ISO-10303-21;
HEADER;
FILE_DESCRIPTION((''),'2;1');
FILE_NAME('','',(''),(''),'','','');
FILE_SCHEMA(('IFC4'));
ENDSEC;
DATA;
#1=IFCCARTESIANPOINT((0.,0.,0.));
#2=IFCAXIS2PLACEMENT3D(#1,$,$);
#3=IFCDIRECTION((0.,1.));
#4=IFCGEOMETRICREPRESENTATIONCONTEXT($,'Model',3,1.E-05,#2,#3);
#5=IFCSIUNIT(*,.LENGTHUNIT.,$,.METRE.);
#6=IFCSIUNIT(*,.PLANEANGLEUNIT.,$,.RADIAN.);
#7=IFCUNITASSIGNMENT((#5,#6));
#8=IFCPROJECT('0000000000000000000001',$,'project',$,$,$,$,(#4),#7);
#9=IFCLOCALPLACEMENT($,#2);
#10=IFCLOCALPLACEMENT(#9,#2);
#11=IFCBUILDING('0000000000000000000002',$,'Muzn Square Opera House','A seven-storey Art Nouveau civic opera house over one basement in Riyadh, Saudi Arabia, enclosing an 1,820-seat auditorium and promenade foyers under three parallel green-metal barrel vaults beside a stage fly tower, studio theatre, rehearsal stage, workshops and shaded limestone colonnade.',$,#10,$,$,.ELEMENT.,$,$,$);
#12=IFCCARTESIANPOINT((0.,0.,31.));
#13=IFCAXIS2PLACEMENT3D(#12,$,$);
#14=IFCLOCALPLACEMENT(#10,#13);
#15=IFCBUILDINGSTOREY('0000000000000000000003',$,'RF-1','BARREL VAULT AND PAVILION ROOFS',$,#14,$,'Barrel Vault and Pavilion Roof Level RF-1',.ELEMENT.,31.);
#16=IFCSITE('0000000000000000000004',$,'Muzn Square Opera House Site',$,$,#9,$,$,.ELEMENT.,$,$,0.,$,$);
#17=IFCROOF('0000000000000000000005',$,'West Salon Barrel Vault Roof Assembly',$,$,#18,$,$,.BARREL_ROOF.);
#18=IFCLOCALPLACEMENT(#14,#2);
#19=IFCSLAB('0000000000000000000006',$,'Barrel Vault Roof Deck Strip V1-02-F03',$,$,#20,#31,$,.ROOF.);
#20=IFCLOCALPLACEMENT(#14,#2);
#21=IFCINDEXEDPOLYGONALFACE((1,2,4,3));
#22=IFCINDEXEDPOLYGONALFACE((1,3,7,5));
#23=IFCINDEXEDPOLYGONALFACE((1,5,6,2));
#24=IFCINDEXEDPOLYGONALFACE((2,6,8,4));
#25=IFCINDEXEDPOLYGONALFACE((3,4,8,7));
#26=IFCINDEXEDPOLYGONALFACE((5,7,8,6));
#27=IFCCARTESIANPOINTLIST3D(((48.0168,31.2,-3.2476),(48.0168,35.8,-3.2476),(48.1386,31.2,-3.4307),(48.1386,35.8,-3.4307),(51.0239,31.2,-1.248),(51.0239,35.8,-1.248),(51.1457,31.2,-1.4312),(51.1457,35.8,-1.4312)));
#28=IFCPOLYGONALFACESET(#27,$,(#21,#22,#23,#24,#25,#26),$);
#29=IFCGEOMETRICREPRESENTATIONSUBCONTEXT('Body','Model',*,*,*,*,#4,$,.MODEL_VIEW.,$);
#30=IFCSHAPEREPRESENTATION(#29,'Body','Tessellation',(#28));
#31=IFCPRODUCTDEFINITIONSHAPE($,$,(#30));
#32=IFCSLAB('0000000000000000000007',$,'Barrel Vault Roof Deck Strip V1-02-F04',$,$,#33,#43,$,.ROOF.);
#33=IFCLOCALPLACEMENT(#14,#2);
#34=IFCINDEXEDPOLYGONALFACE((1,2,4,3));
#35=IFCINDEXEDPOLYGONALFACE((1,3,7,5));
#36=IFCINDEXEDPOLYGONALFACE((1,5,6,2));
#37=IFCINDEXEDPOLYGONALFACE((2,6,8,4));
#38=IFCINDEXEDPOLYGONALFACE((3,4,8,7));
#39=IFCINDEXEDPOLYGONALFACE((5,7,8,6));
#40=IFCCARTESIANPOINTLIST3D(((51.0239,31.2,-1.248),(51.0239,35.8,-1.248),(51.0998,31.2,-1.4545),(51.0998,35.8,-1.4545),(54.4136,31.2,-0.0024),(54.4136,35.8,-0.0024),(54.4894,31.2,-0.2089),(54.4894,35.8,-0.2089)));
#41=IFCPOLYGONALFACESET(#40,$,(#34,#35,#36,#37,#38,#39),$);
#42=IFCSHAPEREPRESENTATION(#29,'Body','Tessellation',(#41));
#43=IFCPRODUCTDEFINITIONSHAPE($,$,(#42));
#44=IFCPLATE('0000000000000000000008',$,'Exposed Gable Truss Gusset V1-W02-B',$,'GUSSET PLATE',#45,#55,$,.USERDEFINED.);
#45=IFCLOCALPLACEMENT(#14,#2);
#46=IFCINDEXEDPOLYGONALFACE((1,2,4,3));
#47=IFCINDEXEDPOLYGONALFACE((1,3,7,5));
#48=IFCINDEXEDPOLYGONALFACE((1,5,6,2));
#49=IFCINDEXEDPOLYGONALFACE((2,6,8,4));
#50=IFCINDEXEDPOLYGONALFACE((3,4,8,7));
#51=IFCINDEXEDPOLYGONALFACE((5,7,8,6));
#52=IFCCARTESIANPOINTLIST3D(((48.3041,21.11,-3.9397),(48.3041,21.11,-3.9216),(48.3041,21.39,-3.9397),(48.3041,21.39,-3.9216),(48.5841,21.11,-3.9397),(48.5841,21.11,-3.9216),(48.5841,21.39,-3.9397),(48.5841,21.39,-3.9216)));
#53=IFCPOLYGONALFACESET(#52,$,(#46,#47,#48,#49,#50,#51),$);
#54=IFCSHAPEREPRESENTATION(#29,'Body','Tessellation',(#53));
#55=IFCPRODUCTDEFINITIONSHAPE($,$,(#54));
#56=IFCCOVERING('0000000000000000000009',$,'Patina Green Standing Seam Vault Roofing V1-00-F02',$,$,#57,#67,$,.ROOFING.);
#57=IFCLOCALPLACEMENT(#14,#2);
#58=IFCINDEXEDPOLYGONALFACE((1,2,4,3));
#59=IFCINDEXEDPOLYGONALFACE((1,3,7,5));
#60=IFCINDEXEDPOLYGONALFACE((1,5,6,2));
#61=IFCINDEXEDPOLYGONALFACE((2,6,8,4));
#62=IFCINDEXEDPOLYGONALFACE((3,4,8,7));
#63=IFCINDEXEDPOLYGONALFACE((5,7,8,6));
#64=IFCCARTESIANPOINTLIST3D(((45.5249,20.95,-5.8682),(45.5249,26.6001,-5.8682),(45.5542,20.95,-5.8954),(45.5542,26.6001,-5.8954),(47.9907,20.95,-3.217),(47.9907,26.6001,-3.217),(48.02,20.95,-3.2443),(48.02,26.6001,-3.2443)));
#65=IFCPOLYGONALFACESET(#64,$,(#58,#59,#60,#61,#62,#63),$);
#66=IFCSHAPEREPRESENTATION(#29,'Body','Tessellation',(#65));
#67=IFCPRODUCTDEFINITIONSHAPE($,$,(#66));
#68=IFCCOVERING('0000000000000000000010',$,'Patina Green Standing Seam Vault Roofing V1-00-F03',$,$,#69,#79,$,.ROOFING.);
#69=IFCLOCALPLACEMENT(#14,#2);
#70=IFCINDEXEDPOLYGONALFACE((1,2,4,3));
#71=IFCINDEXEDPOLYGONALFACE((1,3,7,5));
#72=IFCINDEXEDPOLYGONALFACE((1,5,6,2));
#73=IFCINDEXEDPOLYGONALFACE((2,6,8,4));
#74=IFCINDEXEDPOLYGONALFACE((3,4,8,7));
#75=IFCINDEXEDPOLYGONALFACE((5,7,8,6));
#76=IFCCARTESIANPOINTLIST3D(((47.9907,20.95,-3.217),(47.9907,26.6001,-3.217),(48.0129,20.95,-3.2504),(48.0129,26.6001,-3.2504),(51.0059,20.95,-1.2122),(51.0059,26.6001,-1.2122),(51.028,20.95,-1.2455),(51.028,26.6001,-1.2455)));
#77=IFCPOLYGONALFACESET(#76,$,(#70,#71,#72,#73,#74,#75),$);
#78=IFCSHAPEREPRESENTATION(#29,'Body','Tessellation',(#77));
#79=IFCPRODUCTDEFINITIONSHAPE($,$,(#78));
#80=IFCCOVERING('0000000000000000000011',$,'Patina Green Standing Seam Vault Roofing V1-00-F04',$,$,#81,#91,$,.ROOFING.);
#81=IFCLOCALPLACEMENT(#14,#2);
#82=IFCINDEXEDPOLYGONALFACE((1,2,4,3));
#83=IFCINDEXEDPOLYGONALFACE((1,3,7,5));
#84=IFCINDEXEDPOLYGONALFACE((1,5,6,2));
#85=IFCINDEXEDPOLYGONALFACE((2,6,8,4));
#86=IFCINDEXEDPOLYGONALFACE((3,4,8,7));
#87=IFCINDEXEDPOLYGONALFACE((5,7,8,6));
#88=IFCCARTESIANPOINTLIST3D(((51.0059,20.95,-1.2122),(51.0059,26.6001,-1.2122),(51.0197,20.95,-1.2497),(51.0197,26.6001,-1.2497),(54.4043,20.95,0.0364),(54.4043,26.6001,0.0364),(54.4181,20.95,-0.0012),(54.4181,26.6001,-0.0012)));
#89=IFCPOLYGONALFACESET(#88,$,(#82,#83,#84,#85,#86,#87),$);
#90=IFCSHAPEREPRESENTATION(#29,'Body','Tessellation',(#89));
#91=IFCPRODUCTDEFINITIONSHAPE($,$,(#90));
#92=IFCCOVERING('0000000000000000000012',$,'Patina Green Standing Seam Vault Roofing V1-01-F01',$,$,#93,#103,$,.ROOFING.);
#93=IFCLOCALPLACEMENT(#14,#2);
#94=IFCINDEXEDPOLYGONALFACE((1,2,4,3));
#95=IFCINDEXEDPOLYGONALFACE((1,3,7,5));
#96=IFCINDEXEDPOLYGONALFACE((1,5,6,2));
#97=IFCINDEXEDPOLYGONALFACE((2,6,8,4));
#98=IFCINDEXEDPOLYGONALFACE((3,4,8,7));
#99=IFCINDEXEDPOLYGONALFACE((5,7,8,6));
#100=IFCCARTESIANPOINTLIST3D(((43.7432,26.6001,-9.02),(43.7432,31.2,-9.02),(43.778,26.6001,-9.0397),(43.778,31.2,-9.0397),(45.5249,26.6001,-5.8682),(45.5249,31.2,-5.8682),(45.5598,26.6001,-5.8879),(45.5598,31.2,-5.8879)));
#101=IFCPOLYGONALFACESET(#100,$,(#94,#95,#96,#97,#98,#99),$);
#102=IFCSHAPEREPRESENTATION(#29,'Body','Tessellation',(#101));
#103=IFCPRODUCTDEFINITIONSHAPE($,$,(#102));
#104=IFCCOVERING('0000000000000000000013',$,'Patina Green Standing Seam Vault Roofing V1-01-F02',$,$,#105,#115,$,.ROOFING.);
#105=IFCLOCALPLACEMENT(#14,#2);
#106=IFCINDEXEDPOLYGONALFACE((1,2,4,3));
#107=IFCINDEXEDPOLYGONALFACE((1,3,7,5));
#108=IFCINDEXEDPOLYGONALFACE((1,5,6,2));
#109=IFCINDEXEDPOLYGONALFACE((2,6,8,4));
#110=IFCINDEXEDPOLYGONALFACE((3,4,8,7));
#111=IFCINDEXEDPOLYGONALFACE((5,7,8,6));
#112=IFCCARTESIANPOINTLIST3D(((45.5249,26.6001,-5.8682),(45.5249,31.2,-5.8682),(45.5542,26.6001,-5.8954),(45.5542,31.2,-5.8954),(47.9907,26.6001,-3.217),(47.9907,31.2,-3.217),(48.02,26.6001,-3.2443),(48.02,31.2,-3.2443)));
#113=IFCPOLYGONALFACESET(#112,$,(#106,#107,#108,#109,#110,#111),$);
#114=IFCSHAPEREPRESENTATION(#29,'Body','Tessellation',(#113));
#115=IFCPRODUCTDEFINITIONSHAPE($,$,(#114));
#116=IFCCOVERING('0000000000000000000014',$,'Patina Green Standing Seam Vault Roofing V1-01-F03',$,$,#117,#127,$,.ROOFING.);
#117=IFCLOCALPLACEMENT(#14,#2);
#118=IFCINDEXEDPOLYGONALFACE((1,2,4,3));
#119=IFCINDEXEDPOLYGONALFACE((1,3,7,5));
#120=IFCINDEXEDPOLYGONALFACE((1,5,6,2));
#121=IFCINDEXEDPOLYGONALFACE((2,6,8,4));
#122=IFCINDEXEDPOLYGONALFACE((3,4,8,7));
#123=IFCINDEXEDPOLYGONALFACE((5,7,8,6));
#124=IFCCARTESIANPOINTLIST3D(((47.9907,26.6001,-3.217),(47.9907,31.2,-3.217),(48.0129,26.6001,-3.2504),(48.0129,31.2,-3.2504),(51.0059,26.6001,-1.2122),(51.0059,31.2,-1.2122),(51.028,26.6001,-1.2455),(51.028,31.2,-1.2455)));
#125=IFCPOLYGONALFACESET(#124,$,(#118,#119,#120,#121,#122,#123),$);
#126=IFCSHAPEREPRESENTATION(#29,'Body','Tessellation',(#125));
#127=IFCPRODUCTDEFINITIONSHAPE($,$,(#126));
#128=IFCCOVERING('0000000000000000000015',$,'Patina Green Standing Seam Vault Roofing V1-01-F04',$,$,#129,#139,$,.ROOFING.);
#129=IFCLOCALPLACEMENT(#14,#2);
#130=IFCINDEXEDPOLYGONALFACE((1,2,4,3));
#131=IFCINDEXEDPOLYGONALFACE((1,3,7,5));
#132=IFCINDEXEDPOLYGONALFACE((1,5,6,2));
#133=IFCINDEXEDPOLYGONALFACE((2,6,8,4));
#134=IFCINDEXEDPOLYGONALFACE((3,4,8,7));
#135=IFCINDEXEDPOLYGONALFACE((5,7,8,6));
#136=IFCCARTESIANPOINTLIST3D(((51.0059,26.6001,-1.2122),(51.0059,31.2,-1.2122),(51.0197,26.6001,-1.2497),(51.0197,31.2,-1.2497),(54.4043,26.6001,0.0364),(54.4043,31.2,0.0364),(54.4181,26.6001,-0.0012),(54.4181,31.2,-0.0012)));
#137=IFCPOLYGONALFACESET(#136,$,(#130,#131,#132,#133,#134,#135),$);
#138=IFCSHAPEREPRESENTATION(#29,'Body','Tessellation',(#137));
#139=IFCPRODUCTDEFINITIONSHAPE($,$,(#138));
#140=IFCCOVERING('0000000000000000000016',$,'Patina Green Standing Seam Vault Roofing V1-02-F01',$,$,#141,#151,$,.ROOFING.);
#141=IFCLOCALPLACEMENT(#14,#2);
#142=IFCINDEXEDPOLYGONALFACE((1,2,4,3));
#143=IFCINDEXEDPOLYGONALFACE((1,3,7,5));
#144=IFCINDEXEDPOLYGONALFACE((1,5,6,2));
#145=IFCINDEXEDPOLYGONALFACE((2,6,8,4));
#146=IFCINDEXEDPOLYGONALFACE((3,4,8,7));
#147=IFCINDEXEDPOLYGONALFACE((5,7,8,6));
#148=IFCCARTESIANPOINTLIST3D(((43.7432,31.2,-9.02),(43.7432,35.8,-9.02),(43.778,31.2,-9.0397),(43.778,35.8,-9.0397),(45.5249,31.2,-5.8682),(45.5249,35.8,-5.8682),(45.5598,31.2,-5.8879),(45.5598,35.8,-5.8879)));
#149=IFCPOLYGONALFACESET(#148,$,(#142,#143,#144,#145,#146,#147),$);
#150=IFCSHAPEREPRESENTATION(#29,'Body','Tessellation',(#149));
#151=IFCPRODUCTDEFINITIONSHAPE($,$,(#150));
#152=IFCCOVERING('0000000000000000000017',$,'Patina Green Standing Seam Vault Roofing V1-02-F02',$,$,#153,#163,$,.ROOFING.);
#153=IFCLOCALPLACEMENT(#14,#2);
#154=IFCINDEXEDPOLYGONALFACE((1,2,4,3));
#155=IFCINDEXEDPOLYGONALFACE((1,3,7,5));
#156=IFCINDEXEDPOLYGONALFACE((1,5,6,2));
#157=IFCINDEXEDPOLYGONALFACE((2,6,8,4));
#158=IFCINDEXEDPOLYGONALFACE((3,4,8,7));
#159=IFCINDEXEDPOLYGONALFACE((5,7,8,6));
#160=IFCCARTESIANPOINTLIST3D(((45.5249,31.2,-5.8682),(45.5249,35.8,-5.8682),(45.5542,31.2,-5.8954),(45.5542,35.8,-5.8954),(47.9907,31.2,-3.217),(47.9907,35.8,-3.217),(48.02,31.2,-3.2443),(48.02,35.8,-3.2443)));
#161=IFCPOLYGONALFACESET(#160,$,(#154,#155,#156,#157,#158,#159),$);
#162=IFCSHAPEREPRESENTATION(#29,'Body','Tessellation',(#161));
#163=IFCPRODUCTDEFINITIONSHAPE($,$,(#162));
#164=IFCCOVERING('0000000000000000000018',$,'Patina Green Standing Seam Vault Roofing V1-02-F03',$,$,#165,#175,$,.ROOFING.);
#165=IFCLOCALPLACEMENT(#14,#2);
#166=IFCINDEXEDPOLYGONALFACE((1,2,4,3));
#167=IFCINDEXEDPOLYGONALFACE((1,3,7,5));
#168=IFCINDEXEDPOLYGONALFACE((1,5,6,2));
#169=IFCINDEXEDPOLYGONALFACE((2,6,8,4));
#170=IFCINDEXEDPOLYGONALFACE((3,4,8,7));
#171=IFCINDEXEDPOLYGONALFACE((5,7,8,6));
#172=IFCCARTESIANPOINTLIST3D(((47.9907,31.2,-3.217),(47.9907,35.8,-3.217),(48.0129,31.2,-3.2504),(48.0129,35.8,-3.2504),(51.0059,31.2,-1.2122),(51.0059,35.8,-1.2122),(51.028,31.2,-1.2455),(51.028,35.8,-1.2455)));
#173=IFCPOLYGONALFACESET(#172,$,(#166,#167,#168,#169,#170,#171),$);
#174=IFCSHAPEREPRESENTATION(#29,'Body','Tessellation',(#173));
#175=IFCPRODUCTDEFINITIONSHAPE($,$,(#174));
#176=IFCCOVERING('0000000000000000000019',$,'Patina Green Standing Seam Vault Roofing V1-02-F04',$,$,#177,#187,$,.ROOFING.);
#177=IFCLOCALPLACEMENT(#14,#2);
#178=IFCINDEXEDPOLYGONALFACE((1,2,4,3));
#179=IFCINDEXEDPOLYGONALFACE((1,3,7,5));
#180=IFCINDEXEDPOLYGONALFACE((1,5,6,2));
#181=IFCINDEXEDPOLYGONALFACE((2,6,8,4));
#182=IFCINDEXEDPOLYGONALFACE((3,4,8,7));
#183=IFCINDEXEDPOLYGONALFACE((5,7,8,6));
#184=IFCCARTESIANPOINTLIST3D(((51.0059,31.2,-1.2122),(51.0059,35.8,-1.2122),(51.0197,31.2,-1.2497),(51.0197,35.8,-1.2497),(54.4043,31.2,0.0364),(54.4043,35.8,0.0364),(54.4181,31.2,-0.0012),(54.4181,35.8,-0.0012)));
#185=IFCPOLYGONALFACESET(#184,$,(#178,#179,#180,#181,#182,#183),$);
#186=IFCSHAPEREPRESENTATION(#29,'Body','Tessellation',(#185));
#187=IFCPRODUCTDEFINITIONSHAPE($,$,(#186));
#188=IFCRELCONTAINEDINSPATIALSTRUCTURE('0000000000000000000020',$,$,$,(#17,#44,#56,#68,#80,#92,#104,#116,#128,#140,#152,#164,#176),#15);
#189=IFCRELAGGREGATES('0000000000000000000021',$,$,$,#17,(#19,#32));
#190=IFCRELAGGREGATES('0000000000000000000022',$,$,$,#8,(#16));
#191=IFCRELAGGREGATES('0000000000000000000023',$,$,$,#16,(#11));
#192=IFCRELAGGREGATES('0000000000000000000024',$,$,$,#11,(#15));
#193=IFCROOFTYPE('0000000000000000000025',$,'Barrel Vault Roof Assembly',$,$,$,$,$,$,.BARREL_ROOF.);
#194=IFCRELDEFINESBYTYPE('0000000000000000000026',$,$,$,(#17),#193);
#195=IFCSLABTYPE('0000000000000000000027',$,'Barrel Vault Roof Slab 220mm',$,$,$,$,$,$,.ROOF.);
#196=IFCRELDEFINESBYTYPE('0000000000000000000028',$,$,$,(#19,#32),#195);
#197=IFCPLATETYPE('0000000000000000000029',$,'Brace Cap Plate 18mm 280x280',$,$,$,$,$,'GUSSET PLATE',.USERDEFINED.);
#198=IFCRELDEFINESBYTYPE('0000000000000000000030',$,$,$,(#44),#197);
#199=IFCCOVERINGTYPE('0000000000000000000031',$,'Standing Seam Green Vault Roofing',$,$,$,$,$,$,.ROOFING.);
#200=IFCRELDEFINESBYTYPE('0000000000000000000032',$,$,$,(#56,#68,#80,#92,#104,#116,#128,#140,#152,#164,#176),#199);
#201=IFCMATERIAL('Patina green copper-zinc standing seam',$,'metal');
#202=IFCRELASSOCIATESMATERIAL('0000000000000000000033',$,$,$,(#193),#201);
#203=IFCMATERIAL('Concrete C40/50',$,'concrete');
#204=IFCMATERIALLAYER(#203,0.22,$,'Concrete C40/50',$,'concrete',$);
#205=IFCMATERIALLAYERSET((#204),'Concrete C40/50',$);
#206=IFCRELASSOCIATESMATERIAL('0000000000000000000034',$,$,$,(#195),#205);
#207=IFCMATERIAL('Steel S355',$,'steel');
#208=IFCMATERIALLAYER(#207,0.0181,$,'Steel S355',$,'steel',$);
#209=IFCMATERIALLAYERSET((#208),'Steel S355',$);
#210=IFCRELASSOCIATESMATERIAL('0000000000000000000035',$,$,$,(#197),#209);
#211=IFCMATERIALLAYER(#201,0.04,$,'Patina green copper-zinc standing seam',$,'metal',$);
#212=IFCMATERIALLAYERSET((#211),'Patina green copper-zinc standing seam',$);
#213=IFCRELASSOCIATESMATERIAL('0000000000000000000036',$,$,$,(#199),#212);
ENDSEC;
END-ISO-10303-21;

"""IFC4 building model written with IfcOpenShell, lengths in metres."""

from ifc_helpers import new_model, si_unit, direction, frame, origin, origin_2d, place, context, subcontext, project, spatial, polyline, rectangle, outline, extrude, material, layer, layer_set, type_object, element, aggregate, save


model = new_model("IFC4")

# Units and contexts
model_context = context("Model", 3, precision=1e-05, world=origin(), true_north=direction((0.0, 1.0)))
body_context = subcontext(model_context, "Body", "Model", "MODEL_VIEW")
ifc_project = project(units=[si_unit("LENGTHUNIT", "METRE"), si_unit("PLANEANGLEUNIT", "RADIAN")], contexts=[model_context])

# Site, building, storey
site_placement = place(None, origin())
site = spatial("IfcSite", under=ifc_project, at=site_placement, Name="Muzn Square Opera House Site", CompositionType="ELEMENT", RefElevation=0.0)
building_placement = place(site_placement, origin())
building = spatial("IfcBuilding", under=site, at=building_placement, Name="Muzn Square Opera House", Description="A seven-storey Art Nouveau civic opera house over one basement in Riyadh, Saudi Arabia, enclosing an 1,820-seat auditorium and promenade foyers under three parallel green-metal barrel vaults beside a stage fly tower, studio theatre, rehearsal stage, workshops and shaded limestone colonnade.", CompositionType="ELEMENT")
storey_placement = place(building_placement, frame((0.0, 0.0, 31.0)))
storey = spatial("IfcBuildingStorey", under=building, at=storey_placement, Name="RF-1", Description="BARREL VAULT AND PAVILION ROOFS", LongName="Barrel Vault and Pavilion Roof Level RF-1", CompositionType="ELEMENT", Elevation=31.0)

# Shared definitions
ifc_material_1 = material(Name="Steel S355", Category="steel")

# Roof, slabs
ifc_material_2 = material(Name="Patina green copper-zinc standing seam", Category="metal")
roof_type = type_object("IfcRoofType", Name="Barrel Vault Roof Assembly", PredefinedType="BARREL_ROOF", material=ifc_material_2)
roof_placement = place(storey_placement, origin())
roof = element("IfcRoof", 1, at=roof_placement, inside=storey, type_object=roof_type, Name="West Salon Barrel Vault Roof Assembly", PredefinedType="BARREL_ROOF")
ifc_material_3 = material(Name="Concrete C40/50", Category="concrete")
ifc_layer_1 = layer(ifc_material_3, 0.22, Name="Concrete C40/50", Category="concrete")
ifc_layer_set_1 = layer_set([ifc_layer_1], Name="Concrete C40/50")
slab_type = type_object("IfcSlabType", Name="Barrel Vault Roof Slab 220mm", PredefinedType="ROOF", material=ifc_layer_set_1)
slab_1_placement = place(storey_placement, frame((51.0239, 31.2, -1.248), z_axis=(-0.553701, 0.0, 0.832715), x_axis=(0.0, 1.0, 0.0)))
slab_1 = element("IfcSlab", 2, at=slab_1_placement, type_object=slab_type, Name="Barrel Vault Roof Deck Strip V1-02-F03", PredefinedType="ROOF", context=body_context, shape_type="SweptSolid", body=[
    extrude(outline(polyline([(0.0, 3.6112), (0.0, 0.0), (4.6001, 0.0), (4.6001, 3.6112), (0.0, 3.6112)])), origin(), (0.0, 0.0, -1.0), 0.22),
])
slab_2_placement = place(storey_placement, frame((54.4136, 31.2, -0.0024), z_axis=(-0.344922, 0.0, 0.938631), x_axis=(0.0, 1.0, 0.0)))
slab_2 = element("IfcSlab", 3, at=slab_2_placement, type_object=slab_type, Name="Barrel Vault Roof Deck Strip V1-02-F04", PredefinedType="ROOF", context=body_context, shape_type="SweptSolid", body=[
    extrude(outline(polyline([(0.0, 3.6113), (0.0, 0.0), (4.6001, 0.0), (4.6001, 3.6113), (0.0, 3.6113)])), origin(), (0.0, 0.0, -1.0), 0.22),
])
aggregate(roof, [slab_1, slab_2])

# Plate
ifc_layer_2 = layer(ifc_material_1, 0.0181, Name="Steel S355", Category="steel")
ifc_layer_set_2 = layer_set([ifc_layer_2], Name="Steel S355")
plate_type = type_object("IfcPlateType", Name="Brace Cap Plate 18mm 280x280", ElementType="GUSSET PLATE", PredefinedType="USERDEFINED", material=ifc_layer_set_2)
plate_placement = place(storey_placement, frame((48.4441, 21.25, -3.9397), z_axis=(0.0, 0.0, 1.0), x_axis=(1.0, 0.0, 0.0)))
element("IfcPlate", 4, at=plate_placement, inside=storey, type_object=plate_type, Name="Exposed Gable Truss Gusset V1-W02-B", ObjectType="GUSSET PLATE", PredefinedType="USERDEFINED", context=body_context, shape_type="SweptSolid", body=[
    extrude(rectangle(XDim=0.28, YDim=0.28, at=origin_2d()), origin(), (0.0, 0.0, 1.0), 0.0181),
])

# Coverings
ifc_layer_3 = layer(ifc_material_2, 0.04, Name="Patina green copper-zinc standing seam", Category="metal")
ifc_layer_set_3 = layer_set([ifc_layer_3], Name="Patina green copper-zinc standing seam")
covering_type = type_object("IfcCoveringType", Name="Standing Seam Green Vault Roofing", PredefinedType="ROOFING", material=ifc_layer_set_3)
covering_1_placement = place(storey_placement, frame((47.9907, 20.95, -3.217), z_axis=(-0.732234, 0.0, 0.681053), x_axis=(0.0, 1.0, 0.0)))
element("IfcCovering", 5, at=covering_1_placement, inside=storey, type_object=covering_type, Name="Patina Green Standing Seam Vault Roofing V1-00-F02", PredefinedType="ROOFING", context=body_context, shape_type="SweptSolid", body=[
    extrude(outline(polyline([(0.0, 3.6206), (0.0, 0.0), (5.6501, 0.0), (5.6501, 3.6206), (0.0, 3.6206)])), origin(), (0.0, 0.0, -1.0), 0.04),
])
covering_2_placement = place(storey_placement, frame((51.0059, 20.95, -1.2122), z_axis=(-0.553704, 0.0, 0.832714), x_axis=(0.0, 1.0, 0.0)))
element("IfcCovering", 6, at=covering_2_placement, inside=storey, type_object=covering_type, Name="Patina Green Standing Seam Vault Roofing V1-00-F03", PredefinedType="ROOFING", context=body_context, shape_type="SweptSolid", body=[
    extrude(outline(polyline([(0.0, 3.6209), (0.0, 0.0), (5.6501, 0.0), (5.6501, 3.6209), (0.0, 3.6209)])), origin(), (0.0, 0.0, -1.0), 0.04),
])
covering_3_placement = place(storey_placement, frame((54.4043, 20.95, 0.0364), z_axis=(-0.344849, 0.0, 0.938658), x_axis=(0.0, 1.0, 0.0)))
element("IfcCovering", 7, at=covering_3_placement, inside=storey, type_object=covering_type, Name="Patina Green Standing Seam Vault Roofing V1-00-F04", PredefinedType="ROOFING", context=body_context, shape_type="SweptSolid", body=[
    extrude(outline(polyline([(0.0, 3.6205), (0.0, 0.0), (5.6501, 0.0), (5.6501, 3.6205), (0.0, 3.6205)])), origin(), (0.0, 0.0, -1.0), 0.04),
])
covering_4_placement = place(storey_placement, frame((45.5249, 26.6001, -5.8682), z_axis=(-0.870533, 0.0, 0.492111), x_axis=(0.0, 1.0, 0.0)))
element("IfcCovering", 8, at=covering_4_placement, inside=storey, type_object=covering_type, Name="Patina Green Standing Seam Vault Roofing V1-01-F01", PredefinedType="ROOFING", context=body_context, shape_type="SweptSolid", body=[
    extrude(outline(polyline([(0.0, 3.6206), (0.0, 0.0), (4.5999, 0.0), (4.5999, 3.6206), (0.0, 3.6206)])), origin(), (0.0, 0.0, -1.0), 0.04),
])
covering_5_placement = place(storey_placement, frame((47.9907, 26.6001, -3.217), z_axis=(-0.732234, 0.0, 0.681053), x_axis=(0.0, 1.0, 0.0)))
element("IfcCovering", 9, at=covering_5_placement, inside=storey, type_object=covering_type, Name="Patina Green Standing Seam Vault Roofing V1-01-F02", PredefinedType="ROOFING", context=body_context, shape_type="SweptSolid", body=[
    extrude(outline(polyline([(0.0, 3.6206), (0.0, 0.0), (4.5999, 0.0), (4.5999, 3.6206), (0.0, 3.6206)])), origin(), (0.0, 0.0, -1.0), 0.04),
])
covering_6_placement = place(storey_placement, frame((51.0059, 26.6001, -1.2122), z_axis=(-0.553704, 0.0, 0.832714), x_axis=(0.0, 1.0, 0.0)))
element("IfcCovering", 10, at=covering_6_placement, inside=storey, type_object=covering_type, Name="Patina Green Standing Seam Vault Roofing V1-01-F03", PredefinedType="ROOFING", context=body_context, shape_type="SweptSolid", body=[
    extrude(outline(polyline([(0.0, 3.6209), (0.0, 0.0), (4.5999, 0.0), (4.5999, 3.6209), (0.0, 3.6209)])), origin(), (0.0, 0.0, -1.0), 0.04),
])
covering_7_placement = place(storey_placement, frame((54.4043, 26.6001, 0.0364), z_axis=(-0.344849, 0.0, 0.938658), x_axis=(0.0, 1.0, 0.0)))
element("IfcCovering", 11, at=covering_7_placement, inside=storey, type_object=covering_type, Name="Patina Green Standing Seam Vault Roofing V1-01-F04", PredefinedType="ROOFING", context=body_context, shape_type="SweptSolid", body=[
    extrude(outline(polyline([(0.0, 3.6205), (0.0, 0.0), (4.5999, 0.0), (4.5999, 3.6205), (0.0, 3.6205)])), origin(), (0.0, 0.0, -1.0), 0.04),
])
covering_8_placement = place(storey_placement, frame((45.5249, 31.2, -5.8682), z_axis=(-0.870533, 0.0, 0.492111), x_axis=(0.0, 1.0, 0.0)))
element("IfcCovering", 12, at=covering_8_placement, inside=storey, type_object=covering_type, Name="Patina Green Standing Seam Vault Roofing V1-02-F01", PredefinedType="ROOFING", context=body_context, shape_type="SweptSolid", body=[
    extrude(outline(polyline([(0.0, 3.6206), (0.0, 0.0), (4.6001, 0.0), (4.6001, 3.6206), (0.0, 3.6206)])), origin(), (0.0, 0.0, -1.0), 0.04),
])
covering_9_placement = place(storey_placement, frame((47.9907, 31.2, -3.217), z_axis=(-0.732234, 0.0, 0.681053), x_axis=(0.0, 1.0, 0.0)))
element("IfcCovering", 13, at=covering_9_placement, inside=storey, type_object=covering_type, Name="Patina Green Standing Seam Vault Roofing V1-02-F02", PredefinedType="ROOFING", context=body_context, shape_type="SweptSolid", body=[
    extrude(outline(polyline([(0.0, 3.6206), (0.0, 0.0), (4.6001, 0.0), (4.6001, 3.6206), (0.0, 3.6206)])), origin(), (0.0, 0.0, -1.0), 0.04),
])
covering_10_placement = place(storey_placement, frame((51.0059, 31.2, -1.2122), z_axis=(-0.553704, 0.0, 0.832714), x_axis=(0.0, 1.0, 0.0)))
element("IfcCovering", 14, at=covering_10_placement, inside=storey, type_object=covering_type, Name="Patina Green Standing Seam Vault Roofing V1-02-F03", PredefinedType="ROOFING", context=body_context, shape_type="SweptSolid", body=[
    extrude(outline(polyline([(0.0, 3.6209), (0.0, 0.0), (4.6001, 0.0), (4.6001, 3.6209), (0.0, 3.6209)])), origin(), (0.0, 0.0, -1.0), 0.04),
])
covering_11_placement = place(storey_placement, frame((54.4043, 31.2, 0.0364), z_axis=(-0.344849, 0.0, 0.938658), x_axis=(0.0, 1.0, 0.0)))
element("IfcCovering", 15, at=covering_11_placement, inside=storey, type_object=covering_type, Name="Patina Green Standing Seam Vault Roofing V1-02-F04", PredefinedType="ROOFING", context=body_context, shape_type="SweptSolid", body=[
    extrude(outline(polyline([(0.0, 3.6205), (0.0, 0.0), (4.6001, 0.0), (4.6001, 3.6205), (0.0, 3.6205)])), origin(), (0.0, 0.0, -1.0), 0.04),
])

save(model, "model.ifc")
